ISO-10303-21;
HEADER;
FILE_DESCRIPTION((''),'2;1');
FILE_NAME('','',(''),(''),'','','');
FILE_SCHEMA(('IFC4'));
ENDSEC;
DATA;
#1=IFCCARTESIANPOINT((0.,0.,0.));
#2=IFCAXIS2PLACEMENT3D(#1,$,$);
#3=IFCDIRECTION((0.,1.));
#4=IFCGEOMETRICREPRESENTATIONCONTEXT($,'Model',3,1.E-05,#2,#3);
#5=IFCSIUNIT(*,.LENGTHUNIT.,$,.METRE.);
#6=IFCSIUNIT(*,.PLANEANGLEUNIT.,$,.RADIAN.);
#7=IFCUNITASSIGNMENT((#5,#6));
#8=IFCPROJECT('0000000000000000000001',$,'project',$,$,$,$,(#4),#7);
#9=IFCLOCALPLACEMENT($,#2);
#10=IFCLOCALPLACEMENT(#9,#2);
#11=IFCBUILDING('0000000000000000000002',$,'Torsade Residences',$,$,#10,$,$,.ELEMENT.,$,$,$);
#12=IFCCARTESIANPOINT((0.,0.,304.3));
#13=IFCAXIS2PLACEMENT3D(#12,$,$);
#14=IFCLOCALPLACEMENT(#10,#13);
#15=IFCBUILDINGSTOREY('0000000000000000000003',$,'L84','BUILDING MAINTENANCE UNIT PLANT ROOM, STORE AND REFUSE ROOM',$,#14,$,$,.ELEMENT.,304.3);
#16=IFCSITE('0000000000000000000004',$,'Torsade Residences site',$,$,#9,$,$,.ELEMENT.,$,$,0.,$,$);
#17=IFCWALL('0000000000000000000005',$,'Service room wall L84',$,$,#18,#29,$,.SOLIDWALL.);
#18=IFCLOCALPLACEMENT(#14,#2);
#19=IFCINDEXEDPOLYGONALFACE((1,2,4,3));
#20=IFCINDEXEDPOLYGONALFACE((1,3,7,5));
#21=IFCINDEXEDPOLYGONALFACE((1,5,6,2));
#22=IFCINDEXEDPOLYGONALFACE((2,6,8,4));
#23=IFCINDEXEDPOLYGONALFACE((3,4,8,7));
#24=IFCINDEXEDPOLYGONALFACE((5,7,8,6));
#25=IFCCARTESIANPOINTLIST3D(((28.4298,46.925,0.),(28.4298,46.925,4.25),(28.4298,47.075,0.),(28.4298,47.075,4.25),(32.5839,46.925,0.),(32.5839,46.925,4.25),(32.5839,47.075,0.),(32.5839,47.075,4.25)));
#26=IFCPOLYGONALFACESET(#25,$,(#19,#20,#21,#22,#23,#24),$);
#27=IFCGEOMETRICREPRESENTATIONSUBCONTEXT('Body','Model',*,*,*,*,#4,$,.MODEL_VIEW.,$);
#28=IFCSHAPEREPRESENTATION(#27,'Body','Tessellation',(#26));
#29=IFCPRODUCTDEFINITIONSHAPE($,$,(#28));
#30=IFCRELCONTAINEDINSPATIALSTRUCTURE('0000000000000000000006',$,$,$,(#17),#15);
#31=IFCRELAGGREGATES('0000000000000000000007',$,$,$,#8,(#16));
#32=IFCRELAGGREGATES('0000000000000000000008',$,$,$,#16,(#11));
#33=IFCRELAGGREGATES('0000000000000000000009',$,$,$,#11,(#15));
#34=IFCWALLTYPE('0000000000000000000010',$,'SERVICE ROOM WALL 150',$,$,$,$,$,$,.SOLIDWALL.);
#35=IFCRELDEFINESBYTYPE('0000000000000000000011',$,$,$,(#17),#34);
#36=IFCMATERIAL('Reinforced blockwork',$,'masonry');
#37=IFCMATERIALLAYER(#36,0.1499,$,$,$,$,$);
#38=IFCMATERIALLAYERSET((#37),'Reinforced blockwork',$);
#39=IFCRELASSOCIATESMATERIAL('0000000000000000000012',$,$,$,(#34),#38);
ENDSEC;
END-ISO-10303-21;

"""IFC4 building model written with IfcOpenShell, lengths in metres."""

from ifc_helpers import new_model, si_unit, direction, frame, frame_2d, origin, place, context, subcontext, project, spatial, rectangle, extrude, material, layer, layer_set, type_object, element, save


model = new_model("IFC4")

# Units and contexts
model_context = context("Model", 3, precision=1e-05, world=origin(), true_north=direction((0.0, 1.0)))
body_context = subcontext(model_context, "Body", "Model", "MODEL_VIEW")
ifc_project = project(units=[si_unit("LENGTHUNIT", "METRE"), si_unit("PLANEANGLEUNIT", "RADIAN")], contexts=[model_context])

# Site, building, storey
site_placement = place(None, origin())
site = spatial("IfcSite", under=ifc_project, at=site_placement, Name="Torsade Residences site", CompositionType="ELEMENT", RefElevation=0.0)
building_placement = place(site_placement, origin())
building = spatial("IfcBuilding", under=site, at=building_placement, Name="Torsade Residences", CompositionType="ELEMENT")
storey_placement = place(building_placement, frame((0.0, 0.0, 304.3)))
storey = spatial("IfcBuildingStorey", under=building, at=storey_placement, Name="L84", Description="BUILDING MAINTENANCE UNIT PLANT ROOM, STORE AND REFUSE ROOM", CompositionType="ELEMENT", Elevation=304.3)

# Wall
ifc_material_1 = material(Name="Reinforced blockwork", Category="masonry")
ifc_layer_1 = layer(ifc_material_1, 0.1499)
ifc_layer_set_1 = layer_set([ifc_layer_1], Name="Reinforced blockwork")
wall_type_1 = type_object("IfcWallType", Name="SERVICE ROOM WALL 150", PredefinedType="SOLIDWALL", material=ifc_layer_set_1)
wall_1_placement = place(storey_placement, frame((28.4297, 47.0, 0.0), z_axis=(0.0, 0.0, 1.0), x_axis=(1.0, 0.0, 0.0)))
element("IfcWall", 1, at=wall_1_placement, inside=storey, type_object=wall_type_1, Name="Service room wall L84", PredefinedType="SOLIDWALL", context=body_context, shape_type="SweptSolid", body=[
    extrude(rectangle(XDim=4.1541, YDim=0.1499, at=frame_2d((2.0771, 0.0))), origin(), (0.0, 0.0, 1.0), 4.25),
])

save(model, "model.ifc")
